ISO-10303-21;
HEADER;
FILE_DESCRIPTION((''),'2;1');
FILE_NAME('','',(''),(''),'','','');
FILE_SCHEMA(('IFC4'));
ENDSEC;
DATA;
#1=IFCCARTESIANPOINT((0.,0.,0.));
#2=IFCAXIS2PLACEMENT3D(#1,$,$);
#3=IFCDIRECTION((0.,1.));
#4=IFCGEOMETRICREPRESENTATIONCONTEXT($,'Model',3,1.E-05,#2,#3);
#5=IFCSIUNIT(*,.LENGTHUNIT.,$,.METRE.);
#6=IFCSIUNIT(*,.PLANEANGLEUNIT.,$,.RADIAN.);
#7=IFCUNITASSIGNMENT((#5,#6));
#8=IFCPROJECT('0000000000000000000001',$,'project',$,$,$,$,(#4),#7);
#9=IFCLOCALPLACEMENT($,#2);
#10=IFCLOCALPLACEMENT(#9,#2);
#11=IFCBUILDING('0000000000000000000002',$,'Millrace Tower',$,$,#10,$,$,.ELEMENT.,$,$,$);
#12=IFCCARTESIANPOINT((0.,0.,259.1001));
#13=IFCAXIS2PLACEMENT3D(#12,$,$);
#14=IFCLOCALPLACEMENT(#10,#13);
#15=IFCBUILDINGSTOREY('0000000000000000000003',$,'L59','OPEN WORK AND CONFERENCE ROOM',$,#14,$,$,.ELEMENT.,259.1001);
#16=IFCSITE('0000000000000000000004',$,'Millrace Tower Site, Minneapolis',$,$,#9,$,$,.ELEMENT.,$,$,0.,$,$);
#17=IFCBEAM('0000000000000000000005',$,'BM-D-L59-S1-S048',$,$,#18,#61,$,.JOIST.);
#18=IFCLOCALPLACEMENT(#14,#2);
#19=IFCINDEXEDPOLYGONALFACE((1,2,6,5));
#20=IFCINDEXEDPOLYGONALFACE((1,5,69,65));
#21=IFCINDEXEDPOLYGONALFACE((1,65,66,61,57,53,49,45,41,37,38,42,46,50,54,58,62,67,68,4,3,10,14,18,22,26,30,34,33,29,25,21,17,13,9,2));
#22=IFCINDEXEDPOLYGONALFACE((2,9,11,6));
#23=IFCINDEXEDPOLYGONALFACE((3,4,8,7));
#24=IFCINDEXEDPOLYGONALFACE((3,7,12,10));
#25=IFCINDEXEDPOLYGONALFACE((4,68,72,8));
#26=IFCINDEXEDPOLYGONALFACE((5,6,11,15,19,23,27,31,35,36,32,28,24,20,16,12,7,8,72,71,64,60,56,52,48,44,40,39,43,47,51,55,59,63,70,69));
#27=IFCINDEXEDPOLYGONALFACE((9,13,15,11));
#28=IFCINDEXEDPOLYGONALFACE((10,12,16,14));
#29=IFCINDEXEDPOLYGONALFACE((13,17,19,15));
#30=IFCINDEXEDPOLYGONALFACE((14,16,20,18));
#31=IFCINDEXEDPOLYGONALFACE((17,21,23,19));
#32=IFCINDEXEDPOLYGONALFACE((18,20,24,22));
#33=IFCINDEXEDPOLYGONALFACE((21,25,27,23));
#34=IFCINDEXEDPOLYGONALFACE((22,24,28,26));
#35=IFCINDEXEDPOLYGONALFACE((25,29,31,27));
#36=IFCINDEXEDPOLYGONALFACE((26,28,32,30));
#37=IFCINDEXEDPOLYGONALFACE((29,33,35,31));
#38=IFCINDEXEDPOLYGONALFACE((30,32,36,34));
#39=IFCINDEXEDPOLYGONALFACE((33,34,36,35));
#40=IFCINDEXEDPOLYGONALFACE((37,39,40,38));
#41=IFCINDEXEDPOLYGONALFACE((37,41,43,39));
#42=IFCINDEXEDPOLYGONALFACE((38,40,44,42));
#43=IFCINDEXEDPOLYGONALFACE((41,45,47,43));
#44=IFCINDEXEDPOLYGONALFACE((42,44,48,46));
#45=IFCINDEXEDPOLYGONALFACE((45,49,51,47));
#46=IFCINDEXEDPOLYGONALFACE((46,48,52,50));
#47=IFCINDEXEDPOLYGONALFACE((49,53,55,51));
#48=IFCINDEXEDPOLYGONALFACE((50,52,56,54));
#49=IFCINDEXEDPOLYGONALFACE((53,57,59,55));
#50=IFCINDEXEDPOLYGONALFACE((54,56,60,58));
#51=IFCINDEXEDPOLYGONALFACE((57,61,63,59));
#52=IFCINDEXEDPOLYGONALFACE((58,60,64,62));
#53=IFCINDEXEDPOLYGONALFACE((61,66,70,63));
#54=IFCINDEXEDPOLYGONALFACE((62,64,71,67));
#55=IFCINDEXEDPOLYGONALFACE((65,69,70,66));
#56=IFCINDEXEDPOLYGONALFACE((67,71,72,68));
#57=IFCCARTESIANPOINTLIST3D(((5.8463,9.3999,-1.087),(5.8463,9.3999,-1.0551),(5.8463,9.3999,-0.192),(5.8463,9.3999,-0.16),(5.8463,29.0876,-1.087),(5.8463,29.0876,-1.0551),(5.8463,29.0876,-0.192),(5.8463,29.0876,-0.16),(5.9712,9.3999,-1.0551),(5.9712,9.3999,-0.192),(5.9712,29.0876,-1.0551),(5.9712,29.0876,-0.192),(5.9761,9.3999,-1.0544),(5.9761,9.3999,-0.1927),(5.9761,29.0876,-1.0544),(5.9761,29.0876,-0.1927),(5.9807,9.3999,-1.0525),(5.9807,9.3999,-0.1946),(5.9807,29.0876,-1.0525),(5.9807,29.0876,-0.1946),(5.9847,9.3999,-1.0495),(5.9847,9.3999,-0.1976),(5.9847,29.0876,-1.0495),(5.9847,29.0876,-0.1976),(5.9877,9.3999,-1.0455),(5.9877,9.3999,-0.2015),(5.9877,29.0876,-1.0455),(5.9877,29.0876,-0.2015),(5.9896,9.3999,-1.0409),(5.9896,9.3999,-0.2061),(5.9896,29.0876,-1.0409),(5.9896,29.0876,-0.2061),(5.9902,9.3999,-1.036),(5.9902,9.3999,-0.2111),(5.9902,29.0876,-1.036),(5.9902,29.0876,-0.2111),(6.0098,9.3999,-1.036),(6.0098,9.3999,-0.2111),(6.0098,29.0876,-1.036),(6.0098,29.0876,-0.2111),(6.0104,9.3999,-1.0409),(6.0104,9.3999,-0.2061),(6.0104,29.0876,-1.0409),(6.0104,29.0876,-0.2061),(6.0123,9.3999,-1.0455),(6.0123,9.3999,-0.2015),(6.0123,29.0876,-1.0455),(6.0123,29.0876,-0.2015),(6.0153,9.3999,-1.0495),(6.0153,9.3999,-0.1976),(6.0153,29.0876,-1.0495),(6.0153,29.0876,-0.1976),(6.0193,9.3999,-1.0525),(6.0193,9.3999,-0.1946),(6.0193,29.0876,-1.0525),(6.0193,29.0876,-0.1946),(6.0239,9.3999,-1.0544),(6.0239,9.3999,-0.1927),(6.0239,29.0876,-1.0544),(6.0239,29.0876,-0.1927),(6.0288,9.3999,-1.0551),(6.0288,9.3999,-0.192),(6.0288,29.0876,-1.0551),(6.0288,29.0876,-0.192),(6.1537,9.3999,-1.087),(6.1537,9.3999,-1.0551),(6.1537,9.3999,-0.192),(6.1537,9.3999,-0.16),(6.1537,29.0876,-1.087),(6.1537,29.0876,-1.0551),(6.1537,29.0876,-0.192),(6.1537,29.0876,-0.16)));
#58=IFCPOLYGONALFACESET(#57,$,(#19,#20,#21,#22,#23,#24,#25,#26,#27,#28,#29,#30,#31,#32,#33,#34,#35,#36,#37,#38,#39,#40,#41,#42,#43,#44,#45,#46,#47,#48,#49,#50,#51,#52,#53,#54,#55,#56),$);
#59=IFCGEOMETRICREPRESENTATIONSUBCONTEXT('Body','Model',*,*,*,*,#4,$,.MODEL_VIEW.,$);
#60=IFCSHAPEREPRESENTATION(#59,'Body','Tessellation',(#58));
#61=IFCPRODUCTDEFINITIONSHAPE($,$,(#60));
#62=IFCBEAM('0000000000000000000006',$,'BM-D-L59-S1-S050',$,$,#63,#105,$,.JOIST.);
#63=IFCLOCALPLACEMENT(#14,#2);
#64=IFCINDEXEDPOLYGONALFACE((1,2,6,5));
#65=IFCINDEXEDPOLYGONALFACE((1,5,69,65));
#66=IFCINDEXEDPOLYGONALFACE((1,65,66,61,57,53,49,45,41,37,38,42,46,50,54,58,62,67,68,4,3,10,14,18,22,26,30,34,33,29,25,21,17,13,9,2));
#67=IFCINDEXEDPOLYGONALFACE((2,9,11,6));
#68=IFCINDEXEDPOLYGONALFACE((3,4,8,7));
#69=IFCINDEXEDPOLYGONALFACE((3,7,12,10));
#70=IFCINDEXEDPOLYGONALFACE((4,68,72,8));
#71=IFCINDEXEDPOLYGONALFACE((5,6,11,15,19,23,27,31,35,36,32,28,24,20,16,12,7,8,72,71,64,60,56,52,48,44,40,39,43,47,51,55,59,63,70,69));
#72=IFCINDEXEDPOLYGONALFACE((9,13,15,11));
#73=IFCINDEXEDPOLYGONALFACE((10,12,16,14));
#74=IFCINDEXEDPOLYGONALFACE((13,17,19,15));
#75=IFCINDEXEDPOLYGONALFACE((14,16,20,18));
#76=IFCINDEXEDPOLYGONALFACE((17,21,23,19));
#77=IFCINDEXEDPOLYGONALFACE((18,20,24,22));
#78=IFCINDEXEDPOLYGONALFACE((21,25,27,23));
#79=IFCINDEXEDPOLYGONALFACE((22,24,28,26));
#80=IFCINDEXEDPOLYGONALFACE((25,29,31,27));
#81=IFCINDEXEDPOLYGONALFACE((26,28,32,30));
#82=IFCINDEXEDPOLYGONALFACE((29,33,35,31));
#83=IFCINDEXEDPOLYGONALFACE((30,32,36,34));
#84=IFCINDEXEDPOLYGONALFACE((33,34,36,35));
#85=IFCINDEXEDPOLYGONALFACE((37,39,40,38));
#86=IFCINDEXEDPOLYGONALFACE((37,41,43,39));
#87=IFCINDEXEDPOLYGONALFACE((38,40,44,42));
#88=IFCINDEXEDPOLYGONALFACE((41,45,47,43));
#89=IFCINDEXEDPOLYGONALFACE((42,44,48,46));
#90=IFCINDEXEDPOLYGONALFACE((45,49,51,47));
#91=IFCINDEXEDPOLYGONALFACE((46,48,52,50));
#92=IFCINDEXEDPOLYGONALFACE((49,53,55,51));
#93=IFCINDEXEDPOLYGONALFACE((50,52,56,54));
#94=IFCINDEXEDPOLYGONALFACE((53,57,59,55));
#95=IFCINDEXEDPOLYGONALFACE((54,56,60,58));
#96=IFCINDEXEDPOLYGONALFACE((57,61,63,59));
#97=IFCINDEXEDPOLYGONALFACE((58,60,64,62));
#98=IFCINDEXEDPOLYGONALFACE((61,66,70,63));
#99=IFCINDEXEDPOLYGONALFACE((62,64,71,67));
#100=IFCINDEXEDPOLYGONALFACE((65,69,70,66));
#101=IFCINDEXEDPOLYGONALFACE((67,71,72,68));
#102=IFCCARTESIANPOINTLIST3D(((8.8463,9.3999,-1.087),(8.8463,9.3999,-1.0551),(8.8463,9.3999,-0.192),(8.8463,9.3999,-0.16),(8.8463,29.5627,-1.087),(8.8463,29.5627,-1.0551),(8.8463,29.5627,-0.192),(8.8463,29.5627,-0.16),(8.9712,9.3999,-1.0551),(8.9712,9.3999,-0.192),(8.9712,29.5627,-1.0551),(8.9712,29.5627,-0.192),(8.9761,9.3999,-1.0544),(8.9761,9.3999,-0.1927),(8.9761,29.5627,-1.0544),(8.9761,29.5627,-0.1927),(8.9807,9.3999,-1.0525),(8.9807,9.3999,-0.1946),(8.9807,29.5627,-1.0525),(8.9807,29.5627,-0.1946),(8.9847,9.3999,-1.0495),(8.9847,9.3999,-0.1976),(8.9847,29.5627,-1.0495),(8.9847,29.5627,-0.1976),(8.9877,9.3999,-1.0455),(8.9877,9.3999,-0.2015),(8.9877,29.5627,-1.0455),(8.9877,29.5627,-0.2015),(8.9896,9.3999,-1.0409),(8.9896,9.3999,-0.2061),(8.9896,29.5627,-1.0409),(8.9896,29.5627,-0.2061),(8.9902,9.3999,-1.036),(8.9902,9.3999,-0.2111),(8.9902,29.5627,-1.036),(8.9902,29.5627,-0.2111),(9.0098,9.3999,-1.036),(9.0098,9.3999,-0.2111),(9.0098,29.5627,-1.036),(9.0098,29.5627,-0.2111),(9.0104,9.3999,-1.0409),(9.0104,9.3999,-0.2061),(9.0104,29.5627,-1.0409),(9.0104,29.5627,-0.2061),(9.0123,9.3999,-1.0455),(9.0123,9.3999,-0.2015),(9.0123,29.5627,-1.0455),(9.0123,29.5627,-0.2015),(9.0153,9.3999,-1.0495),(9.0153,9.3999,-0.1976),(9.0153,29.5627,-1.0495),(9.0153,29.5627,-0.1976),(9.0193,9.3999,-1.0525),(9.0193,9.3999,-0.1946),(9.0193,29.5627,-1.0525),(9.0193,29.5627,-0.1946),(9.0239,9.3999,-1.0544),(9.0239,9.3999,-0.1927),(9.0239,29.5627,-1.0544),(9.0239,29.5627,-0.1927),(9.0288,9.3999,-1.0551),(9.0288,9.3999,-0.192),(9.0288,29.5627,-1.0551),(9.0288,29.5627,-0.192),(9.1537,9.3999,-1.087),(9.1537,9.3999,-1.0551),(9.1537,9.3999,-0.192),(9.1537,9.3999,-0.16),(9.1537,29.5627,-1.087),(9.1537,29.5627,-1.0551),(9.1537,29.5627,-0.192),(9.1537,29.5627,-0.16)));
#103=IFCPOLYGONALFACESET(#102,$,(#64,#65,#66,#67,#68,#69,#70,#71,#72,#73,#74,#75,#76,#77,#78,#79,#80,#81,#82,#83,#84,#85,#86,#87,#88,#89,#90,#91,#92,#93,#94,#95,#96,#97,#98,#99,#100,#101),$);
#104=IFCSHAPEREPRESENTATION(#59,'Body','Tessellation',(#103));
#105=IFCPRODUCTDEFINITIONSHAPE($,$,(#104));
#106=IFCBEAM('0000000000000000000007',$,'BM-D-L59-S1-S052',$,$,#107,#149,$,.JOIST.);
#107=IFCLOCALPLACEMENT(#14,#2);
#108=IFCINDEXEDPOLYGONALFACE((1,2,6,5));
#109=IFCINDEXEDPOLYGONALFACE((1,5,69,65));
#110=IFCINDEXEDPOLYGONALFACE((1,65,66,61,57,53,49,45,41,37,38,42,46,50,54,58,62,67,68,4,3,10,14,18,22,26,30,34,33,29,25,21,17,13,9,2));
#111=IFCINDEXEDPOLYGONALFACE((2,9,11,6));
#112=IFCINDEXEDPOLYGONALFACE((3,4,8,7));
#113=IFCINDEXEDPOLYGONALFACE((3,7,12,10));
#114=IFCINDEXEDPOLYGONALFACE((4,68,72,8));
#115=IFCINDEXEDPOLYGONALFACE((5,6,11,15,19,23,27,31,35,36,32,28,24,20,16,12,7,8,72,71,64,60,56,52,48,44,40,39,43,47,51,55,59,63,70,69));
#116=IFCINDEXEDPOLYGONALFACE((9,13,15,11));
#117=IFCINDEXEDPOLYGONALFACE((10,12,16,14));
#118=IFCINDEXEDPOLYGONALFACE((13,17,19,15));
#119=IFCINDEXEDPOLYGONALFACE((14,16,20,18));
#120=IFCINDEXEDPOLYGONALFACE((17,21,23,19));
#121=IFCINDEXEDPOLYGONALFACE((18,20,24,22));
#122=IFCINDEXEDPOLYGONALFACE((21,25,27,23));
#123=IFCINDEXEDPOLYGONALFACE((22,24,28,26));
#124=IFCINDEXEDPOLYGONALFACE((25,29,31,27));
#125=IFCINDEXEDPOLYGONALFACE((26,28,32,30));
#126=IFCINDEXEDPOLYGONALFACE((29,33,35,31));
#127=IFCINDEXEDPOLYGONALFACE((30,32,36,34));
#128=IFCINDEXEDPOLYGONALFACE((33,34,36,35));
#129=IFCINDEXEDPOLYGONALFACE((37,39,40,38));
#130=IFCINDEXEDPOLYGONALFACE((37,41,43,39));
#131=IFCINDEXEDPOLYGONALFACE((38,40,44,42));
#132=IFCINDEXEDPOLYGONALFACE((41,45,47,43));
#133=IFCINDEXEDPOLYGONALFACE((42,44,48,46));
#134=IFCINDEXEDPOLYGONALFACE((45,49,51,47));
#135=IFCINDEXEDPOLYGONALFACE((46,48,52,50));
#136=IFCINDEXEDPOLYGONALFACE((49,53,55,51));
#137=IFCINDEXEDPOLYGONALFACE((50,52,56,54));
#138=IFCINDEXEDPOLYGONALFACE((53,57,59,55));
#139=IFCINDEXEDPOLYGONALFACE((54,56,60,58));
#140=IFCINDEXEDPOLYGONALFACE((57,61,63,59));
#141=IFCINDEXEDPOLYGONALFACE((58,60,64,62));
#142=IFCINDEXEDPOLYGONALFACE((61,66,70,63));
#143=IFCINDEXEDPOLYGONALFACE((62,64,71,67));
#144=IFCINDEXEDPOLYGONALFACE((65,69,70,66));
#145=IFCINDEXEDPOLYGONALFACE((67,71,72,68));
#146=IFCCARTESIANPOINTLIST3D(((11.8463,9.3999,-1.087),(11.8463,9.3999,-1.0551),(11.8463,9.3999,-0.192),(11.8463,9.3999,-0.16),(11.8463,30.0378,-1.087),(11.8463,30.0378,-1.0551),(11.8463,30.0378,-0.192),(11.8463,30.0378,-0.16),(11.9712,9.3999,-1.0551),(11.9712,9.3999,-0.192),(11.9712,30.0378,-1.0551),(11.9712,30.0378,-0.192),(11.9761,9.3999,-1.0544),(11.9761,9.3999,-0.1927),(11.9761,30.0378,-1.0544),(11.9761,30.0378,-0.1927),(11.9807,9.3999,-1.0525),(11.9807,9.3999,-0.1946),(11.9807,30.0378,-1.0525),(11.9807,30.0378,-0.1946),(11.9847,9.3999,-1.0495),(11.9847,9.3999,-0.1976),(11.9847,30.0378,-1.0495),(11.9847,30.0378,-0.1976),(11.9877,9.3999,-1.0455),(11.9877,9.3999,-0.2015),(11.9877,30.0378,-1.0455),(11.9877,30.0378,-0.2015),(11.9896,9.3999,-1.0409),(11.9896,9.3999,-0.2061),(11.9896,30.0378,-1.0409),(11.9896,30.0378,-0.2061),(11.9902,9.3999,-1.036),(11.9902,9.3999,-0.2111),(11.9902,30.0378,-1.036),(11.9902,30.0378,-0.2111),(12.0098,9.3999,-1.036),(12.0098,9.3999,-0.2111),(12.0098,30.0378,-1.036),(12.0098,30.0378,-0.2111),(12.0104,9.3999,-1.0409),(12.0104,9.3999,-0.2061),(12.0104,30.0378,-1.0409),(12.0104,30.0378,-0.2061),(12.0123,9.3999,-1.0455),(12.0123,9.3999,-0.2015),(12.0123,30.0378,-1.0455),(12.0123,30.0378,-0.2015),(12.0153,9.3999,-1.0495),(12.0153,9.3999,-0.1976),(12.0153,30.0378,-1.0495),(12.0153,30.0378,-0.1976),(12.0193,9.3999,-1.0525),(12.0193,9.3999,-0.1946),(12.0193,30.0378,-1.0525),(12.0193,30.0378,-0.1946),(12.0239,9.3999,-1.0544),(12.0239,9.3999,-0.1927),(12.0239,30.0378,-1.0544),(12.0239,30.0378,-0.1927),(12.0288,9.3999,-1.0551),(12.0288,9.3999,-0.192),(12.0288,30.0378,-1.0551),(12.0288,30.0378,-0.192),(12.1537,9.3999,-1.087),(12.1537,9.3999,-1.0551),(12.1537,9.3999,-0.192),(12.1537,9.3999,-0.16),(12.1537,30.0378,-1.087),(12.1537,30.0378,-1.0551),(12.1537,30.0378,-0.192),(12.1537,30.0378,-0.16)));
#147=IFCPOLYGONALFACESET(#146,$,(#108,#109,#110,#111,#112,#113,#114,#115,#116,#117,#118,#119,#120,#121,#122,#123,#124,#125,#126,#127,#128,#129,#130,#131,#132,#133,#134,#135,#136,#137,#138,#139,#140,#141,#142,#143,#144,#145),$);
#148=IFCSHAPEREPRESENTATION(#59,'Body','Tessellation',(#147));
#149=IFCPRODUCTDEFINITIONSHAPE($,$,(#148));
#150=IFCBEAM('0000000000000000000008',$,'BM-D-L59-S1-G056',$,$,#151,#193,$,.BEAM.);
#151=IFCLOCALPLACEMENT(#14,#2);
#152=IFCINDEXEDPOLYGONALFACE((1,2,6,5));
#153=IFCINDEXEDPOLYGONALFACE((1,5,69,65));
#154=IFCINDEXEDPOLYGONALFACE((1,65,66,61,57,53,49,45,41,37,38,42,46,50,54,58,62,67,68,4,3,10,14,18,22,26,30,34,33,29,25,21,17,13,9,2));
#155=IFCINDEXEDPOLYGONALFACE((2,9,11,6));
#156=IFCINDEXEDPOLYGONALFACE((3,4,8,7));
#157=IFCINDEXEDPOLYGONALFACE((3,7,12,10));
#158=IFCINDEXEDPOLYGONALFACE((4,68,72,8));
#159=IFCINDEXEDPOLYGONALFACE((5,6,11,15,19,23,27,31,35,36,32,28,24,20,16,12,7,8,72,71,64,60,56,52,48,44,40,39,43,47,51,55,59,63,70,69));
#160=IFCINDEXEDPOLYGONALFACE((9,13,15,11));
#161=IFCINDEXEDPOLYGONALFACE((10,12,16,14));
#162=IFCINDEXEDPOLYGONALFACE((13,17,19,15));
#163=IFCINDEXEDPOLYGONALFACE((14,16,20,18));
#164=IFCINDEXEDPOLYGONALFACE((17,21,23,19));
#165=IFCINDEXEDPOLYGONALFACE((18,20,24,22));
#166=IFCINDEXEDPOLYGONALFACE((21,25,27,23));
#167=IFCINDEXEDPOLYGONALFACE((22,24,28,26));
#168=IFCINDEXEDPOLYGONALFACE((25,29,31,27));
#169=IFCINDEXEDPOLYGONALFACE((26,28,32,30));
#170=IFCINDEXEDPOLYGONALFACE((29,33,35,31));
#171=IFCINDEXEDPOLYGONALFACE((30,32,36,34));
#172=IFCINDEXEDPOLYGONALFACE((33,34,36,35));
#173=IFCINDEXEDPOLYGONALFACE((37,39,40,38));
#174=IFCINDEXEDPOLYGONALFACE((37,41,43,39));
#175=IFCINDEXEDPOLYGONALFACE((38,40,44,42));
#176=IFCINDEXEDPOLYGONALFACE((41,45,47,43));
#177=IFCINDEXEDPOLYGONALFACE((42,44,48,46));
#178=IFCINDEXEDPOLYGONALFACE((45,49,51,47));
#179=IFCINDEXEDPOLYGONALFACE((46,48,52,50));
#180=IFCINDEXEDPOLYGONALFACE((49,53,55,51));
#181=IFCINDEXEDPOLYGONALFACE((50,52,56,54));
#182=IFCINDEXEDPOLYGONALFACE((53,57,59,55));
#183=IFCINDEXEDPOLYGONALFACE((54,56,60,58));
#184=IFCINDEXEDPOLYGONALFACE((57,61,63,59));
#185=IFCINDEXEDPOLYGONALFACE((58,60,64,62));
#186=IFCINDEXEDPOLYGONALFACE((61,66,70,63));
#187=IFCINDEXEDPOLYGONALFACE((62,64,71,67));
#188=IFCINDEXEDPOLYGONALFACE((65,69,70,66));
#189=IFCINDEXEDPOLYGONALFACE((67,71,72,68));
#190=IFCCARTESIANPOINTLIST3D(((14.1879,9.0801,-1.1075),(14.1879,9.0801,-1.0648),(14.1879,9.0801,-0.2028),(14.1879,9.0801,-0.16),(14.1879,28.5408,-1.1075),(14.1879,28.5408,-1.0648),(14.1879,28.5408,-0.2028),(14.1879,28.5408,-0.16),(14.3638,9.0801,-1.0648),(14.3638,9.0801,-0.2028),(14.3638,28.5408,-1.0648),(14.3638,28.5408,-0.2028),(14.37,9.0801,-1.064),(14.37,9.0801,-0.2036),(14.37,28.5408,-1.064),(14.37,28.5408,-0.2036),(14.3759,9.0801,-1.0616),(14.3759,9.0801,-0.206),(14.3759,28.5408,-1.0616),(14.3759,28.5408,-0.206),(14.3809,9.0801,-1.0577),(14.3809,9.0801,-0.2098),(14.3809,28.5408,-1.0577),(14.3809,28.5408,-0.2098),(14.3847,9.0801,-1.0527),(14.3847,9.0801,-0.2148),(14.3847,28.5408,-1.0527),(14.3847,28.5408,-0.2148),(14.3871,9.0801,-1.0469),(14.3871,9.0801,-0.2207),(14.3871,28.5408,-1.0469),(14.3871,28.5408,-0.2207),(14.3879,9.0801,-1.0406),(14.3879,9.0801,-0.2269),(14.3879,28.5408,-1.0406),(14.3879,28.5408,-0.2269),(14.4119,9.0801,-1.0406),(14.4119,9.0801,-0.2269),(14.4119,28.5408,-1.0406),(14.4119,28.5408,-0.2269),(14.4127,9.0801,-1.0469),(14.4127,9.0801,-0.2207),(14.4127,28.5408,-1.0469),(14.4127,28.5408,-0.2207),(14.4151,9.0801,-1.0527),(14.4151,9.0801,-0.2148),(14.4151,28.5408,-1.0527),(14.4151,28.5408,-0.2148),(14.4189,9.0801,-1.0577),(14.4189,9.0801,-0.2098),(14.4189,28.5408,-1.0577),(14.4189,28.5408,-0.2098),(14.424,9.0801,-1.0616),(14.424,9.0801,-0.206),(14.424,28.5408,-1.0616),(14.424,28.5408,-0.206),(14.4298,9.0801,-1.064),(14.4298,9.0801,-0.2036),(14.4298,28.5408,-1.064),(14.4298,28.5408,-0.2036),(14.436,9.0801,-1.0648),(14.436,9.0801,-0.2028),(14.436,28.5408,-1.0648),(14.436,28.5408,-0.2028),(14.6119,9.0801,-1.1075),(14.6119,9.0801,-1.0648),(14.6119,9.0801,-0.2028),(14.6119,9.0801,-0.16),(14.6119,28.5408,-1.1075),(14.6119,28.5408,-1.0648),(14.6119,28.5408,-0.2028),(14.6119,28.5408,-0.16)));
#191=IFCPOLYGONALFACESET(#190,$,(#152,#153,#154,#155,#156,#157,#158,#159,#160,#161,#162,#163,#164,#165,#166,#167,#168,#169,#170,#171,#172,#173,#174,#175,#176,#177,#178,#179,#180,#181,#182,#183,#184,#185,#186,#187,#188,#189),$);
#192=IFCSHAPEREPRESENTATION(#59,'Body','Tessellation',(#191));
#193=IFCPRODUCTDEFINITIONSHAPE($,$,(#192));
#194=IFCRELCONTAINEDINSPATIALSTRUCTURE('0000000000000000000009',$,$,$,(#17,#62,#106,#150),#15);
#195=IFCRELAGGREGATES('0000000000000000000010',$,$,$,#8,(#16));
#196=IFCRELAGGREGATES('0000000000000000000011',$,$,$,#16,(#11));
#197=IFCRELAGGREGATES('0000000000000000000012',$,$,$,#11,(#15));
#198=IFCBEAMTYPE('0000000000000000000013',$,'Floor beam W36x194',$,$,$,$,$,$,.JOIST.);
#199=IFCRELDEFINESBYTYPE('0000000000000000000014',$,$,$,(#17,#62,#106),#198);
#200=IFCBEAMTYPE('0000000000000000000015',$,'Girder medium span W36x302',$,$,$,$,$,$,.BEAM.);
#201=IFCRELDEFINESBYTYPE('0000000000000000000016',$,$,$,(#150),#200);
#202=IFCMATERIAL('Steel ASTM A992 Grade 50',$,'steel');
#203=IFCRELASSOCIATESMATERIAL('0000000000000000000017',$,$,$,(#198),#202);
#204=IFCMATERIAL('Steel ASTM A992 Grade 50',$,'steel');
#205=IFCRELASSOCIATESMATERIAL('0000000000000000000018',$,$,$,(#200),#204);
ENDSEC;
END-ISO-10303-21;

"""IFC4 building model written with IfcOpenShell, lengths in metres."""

from ifc_helpers import new_model, si_unit, direction, frame, origin, origin_2d, place, context, subcontext, project, spatial, i_section, extrude, material, material_profile, profile_set, type_object, element, save


model = new_model("IFC4")

# Units and contexts
model_context = context("Model", 3, precision=1e-05, world=origin(), true_north=direction((0.0, 1.0)))
body_context = subcontext(model_context, "Body", "Model", "MODEL_VIEW")
ifc_project = project(units=[si_unit("LENGTHUNIT", "METRE"), si_unit("PLANEANGLEUNIT", "RADIAN")], contexts=[model_context])

# Site, building, storey
site_placement = place(None, origin())
site = spatial("IfcSite", under=ifc_project, at=site_placement, Name="Millrace Tower Site, Minneapolis", CompositionType="ELEMENT", RefElevation=0.0)
building_placement = place(site_placement, origin())
building = spatial("IfcBuilding", under=site, at=building_placement, Name="Millrace Tower", CompositionType="ELEMENT")
storey_placement = place(building_placement, frame((0.0, 0.0, 259.1001)))
storey = spatial("IfcBuildingStorey", under=building, at=storey_placement, Name="L59", Description="OPEN WORK AND CONFERENCE ROOM", CompositionType="ELEMENT", Elevation=259.1001)

# Beams
ifc_material_1 = material(Name="Steel ASTM A992 Grade 50", Category="steel")
ifc_material_profile_1 = material_profile(ifc_material_1, i_section(OverallWidth=0.3074, OverallDepth=0.927, WebThickness=0.0195, FlangeThickness=0.032, FilletRadius=0.019, at=origin_2d()))
ifc_profile_set_1 = profile_set([ifc_material_profile_1], Name="Steel ASTM A992 Grade 50")
beam_type_1 = type_object("IfcBeamType", Name="Floor beam W36x194", PredefinedType="JOIST", material=ifc_profile_set_1)
beam_1_placement = place(storey_placement, frame((6.0, 9.3999, -0.6235), z_axis=(0.0, 1.0, 0.0), x_axis=(-1.0, 0.0, 0.0)))
element("IfcBeam", 1, at=beam_1_placement, inside=storey, type_object=beam_type_1, Name="BM-D-L59-S1-S048", PredefinedType="JOIST", context=body_context, shape_type="SweptSolid", body=[
    extrude(i_section(OverallWidth=0.3074, OverallDepth=0.927, WebThickness=0.0195, FlangeThickness=0.032, FilletRadius=0.019, at=origin_2d()), origin(), (0.0, 0.0, 1.0), 19.6877),
])
beam_2_placement = place(storey_placement, frame((9.0, 9.3999, -0.6235), z_axis=(0.0, 1.0, 0.0), x_axis=(-1.0, 0.0, 0.0)))
element("IfcBeam", 2, at=beam_2_placement, inside=storey, type_object=beam_type_1, Name="BM-D-L59-S1-S050", PredefinedType="JOIST", context=body_context, shape_type="SweptSolid", body=[
    extrude(i_section(OverallWidth=0.3074, OverallDepth=0.927, WebThickness=0.0195, FlangeThickness=0.032, FilletRadius=0.019, at=origin_2d()), origin(), (0.0, 0.0, 1.0), 20.1628),
])
beam_3_placement = place(storey_placement, frame((12.0, 9.3999, -0.6235), z_axis=(0.0, 1.0, 0.0), x_axis=(-1.0, 0.0, 0.0)))
element("IfcBeam", 3, at=beam_3_placement, inside=storey, type_object=beam_type_1, Name="BM-D-L59-S1-S052", PredefinedType="JOIST", context=body_context, shape_type="SweptSolid", body=[
    extrude(i_section(OverallWidth=0.3074, OverallDepth=0.927, WebThickness=0.0195, FlangeThickness=0.032, FilletRadius=0.019, at=origin_2d()), origin(), (0.0, 0.0, 1.0), 20.6379),
])
ifc_material_2 = material(Name="Steel ASTM A992 Grade 50", Category="steel")
ifc_material_profile_2 = material_profile(ifc_material_2, i_section(OverallWidth=0.4241, OverallDepth=0.9475, WebThickness=0.0239, FlangeThickness=0.0427, FilletRadius=0.0242, at=origin_2d()))
ifc_profile_set_2 = profile_set([ifc_material_profile_2], Name="Steel ASTM A992 Grade 50")
beam_type_2 = type_object("IfcBeamType", Name="Girder medium span W36x302", PredefinedType="BEAM", material=ifc_profile_set_2)
beam_4_placement = place(storey_placement, frame((14.3999, 9.0801, -0.6338), z_axis=(0.0, 1.0, 0.0), x_axis=(-1.0, 0.0, 0.0)))
element("IfcBeam", 4, at=beam_4_placement, inside=storey, type_object=beam_type_2, Name="BM-D-L59-S1-G056", PredefinedType="BEAM", context=body_context, shape_type="SweptSolid", body=[
    extrude(i_section(OverallWidth=0.4241, OverallDepth=0.9475, WebThickness=0.0239, FlangeThickness=0.0427, FilletRadius=0.0242, at=origin_2d()), origin(), (0.0, 0.0, 1.0), 19.4607),
])

save(model, "model.ifc")
